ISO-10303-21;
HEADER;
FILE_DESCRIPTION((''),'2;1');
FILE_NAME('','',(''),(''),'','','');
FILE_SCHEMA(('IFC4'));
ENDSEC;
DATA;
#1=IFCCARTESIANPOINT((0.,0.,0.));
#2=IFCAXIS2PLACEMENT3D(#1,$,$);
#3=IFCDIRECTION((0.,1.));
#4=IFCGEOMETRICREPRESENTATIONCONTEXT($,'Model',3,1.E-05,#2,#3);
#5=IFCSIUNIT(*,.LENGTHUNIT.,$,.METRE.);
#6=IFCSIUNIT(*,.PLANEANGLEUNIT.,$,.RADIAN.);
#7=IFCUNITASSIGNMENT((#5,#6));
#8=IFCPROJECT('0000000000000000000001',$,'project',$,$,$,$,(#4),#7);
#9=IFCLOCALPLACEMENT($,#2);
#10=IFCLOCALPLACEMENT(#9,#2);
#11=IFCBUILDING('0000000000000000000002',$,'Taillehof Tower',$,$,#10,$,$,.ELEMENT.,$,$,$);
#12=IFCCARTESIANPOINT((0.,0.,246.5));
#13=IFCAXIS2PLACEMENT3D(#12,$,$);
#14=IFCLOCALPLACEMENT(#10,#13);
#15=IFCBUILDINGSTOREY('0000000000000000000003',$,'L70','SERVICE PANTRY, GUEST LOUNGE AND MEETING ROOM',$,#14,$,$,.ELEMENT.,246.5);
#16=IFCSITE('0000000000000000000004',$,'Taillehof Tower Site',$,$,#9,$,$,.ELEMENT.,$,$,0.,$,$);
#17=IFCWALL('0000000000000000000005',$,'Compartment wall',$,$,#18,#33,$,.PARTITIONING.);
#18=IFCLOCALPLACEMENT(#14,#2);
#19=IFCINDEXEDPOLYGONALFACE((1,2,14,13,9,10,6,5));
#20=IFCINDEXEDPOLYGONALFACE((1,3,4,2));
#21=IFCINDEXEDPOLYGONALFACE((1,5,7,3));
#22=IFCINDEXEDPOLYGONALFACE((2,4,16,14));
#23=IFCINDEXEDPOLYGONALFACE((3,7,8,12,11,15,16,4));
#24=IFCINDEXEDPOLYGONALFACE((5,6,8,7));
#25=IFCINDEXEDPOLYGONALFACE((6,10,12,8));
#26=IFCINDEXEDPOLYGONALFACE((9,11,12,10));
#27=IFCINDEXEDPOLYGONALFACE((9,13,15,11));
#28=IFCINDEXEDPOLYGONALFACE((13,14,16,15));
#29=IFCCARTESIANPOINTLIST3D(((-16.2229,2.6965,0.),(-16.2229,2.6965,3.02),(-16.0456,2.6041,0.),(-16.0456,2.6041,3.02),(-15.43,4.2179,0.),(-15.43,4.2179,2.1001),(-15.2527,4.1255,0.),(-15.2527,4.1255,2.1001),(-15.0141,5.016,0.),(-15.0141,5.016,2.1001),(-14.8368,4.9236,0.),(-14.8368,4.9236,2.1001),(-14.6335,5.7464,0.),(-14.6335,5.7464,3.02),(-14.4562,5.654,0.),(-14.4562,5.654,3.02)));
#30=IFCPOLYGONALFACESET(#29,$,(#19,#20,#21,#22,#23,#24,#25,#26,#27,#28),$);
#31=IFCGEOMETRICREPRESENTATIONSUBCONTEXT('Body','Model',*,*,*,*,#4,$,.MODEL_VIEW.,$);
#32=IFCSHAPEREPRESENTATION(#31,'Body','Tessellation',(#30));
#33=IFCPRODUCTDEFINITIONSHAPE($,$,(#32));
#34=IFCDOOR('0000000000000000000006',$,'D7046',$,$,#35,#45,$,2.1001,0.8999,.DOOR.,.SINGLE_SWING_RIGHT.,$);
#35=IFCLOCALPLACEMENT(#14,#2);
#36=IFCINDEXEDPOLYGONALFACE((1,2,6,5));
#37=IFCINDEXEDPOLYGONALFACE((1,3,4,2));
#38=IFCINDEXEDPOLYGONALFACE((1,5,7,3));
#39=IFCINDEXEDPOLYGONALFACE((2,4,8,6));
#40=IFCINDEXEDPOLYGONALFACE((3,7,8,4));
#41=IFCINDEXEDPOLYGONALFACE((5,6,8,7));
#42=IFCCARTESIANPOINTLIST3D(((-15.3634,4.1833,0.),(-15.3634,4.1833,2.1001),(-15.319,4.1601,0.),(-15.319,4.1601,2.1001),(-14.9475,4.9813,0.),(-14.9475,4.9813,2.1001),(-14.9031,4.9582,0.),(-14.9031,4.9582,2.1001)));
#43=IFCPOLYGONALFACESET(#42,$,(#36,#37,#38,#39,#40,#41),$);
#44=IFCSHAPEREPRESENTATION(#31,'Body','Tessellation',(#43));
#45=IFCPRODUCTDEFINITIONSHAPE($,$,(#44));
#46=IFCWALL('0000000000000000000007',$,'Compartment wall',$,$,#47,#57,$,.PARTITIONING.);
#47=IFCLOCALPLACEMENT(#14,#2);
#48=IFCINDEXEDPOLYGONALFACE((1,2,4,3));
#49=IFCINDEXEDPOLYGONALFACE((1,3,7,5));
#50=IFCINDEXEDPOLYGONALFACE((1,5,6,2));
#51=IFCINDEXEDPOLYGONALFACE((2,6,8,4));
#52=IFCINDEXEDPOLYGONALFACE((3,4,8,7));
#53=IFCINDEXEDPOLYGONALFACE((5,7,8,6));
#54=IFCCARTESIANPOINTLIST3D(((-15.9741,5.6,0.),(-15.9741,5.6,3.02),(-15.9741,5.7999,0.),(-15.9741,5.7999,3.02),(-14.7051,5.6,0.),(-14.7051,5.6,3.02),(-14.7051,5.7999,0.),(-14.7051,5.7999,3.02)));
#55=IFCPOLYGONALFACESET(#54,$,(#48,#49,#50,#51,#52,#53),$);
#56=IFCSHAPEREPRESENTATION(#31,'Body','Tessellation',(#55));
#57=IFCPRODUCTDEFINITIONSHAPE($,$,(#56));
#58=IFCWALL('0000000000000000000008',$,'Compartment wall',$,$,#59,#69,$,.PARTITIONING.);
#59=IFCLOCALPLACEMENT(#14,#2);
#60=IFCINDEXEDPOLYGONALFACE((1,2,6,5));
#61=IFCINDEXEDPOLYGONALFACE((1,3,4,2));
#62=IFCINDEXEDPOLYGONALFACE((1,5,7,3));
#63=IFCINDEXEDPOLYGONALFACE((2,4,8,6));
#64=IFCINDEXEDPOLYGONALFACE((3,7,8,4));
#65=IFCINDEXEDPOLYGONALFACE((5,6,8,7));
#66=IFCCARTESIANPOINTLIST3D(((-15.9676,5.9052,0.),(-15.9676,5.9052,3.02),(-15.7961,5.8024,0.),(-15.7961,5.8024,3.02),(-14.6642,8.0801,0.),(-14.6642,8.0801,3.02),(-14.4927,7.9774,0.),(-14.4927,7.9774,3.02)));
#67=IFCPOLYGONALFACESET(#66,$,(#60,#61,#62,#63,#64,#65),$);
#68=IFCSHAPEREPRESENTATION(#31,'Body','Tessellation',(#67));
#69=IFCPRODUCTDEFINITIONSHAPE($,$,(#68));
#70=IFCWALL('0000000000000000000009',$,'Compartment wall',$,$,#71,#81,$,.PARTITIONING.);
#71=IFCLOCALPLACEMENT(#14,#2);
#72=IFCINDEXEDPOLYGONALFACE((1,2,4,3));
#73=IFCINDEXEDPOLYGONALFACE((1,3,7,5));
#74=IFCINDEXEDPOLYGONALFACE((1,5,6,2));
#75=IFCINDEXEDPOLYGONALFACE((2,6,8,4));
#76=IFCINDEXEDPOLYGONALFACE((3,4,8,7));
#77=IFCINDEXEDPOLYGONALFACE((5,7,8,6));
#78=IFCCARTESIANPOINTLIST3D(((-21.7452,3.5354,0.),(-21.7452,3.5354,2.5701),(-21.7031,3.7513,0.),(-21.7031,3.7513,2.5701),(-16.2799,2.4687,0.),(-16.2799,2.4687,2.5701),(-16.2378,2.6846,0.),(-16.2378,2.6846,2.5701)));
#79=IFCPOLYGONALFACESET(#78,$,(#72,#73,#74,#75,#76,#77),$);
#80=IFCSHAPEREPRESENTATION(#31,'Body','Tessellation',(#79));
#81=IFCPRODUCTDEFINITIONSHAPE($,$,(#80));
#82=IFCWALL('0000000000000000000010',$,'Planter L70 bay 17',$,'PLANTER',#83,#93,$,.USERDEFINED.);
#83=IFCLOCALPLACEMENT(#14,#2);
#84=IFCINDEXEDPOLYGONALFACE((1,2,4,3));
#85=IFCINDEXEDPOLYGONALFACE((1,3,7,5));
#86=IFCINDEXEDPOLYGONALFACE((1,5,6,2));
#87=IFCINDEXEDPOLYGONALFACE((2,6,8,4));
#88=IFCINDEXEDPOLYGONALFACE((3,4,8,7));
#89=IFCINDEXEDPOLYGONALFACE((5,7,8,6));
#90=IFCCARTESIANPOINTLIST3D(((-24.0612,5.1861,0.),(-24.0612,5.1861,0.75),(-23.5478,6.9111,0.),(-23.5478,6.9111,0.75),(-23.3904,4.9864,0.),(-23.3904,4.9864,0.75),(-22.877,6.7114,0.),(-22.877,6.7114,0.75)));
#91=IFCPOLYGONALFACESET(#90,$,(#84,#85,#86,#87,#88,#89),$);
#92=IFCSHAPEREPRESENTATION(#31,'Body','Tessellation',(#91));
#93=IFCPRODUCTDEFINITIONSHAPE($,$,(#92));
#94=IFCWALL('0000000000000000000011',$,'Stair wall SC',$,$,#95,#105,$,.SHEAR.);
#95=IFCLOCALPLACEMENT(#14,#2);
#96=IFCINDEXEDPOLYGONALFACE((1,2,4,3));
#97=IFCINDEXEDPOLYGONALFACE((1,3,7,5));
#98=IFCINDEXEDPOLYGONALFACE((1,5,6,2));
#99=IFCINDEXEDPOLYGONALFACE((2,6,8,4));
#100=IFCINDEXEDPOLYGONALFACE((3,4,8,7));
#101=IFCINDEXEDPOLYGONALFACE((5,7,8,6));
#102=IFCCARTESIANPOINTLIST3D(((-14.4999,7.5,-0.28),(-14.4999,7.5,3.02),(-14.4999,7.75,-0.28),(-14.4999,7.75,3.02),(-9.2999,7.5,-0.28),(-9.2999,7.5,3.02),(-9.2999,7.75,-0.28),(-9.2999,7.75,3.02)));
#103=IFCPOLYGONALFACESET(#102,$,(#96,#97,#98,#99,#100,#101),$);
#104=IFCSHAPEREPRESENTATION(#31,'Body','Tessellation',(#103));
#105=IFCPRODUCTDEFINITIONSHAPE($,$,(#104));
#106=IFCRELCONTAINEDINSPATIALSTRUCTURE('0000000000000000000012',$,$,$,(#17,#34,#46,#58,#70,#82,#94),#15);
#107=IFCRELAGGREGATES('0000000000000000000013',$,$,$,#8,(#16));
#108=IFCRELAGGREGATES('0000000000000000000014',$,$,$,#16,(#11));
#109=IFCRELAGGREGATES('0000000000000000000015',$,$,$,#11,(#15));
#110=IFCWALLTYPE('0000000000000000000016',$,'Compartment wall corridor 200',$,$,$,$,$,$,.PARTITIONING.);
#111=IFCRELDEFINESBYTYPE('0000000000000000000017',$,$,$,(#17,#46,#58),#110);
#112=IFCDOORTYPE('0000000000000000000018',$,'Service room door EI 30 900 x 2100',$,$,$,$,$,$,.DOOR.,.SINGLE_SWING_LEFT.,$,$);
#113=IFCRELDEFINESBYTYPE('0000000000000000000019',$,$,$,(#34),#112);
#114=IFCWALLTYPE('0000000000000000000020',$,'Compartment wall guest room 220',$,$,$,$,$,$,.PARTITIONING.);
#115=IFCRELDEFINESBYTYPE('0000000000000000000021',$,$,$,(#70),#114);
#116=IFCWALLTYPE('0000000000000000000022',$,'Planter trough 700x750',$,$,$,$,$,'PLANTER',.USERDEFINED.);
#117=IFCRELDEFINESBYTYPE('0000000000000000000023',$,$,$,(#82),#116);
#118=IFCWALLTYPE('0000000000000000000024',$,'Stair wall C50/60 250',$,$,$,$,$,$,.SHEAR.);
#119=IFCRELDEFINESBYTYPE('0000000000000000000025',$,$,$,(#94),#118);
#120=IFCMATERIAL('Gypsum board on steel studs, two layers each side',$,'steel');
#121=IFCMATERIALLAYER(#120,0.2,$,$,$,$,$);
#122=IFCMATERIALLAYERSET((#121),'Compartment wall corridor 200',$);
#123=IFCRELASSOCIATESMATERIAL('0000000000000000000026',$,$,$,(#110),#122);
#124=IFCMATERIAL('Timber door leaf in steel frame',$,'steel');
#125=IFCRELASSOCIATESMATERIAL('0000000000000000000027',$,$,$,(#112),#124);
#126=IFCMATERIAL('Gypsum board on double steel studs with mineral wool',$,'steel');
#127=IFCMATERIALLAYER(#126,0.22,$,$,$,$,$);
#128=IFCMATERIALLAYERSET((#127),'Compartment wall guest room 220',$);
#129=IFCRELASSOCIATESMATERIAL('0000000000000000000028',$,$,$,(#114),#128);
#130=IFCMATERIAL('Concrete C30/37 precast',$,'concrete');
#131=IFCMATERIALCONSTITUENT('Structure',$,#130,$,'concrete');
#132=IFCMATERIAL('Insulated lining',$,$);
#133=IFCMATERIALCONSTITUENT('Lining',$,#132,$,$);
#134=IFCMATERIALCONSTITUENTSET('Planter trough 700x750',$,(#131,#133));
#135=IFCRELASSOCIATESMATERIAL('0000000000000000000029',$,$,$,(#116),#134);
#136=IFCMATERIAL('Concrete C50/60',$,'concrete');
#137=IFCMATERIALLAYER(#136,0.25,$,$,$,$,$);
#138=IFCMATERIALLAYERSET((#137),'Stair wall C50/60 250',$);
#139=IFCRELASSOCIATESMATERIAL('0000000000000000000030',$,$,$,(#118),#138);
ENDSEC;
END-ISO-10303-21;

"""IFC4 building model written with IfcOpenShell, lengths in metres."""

from ifc_helpers import new_model, si_unit, direction, frame, frame_2d, origin, place, context, subcontext, project, spatial, rectangle, extrude, material, layer, layer_set, constituent, constituent_set, type_object, element, fill, save


model = new_model("IFC4")

# Units and contexts
model_context = context("Model", 3, precision=1e-05, world=origin(), true_north=direction((0.0, 1.0)))
body_context = subcontext(model_context, "Body", "Model", "MODEL_VIEW")
ifc_project = project(units=[si_unit("LENGTHUNIT", "METRE"), si_unit("PLANEANGLEUNIT", "RADIAN")], contexts=[model_context])

# Site, building, storey
site_placement = place(None, origin())
site = spatial("IfcSite", under=ifc_project, at=site_placement, Name="Taillehof Tower Site", CompositionType="ELEMENT", RefElevation=0.0)
building_placement = place(site_placement, origin())
building = spatial("IfcBuilding", under=site, at=building_placement, Name="Taillehof Tower", CompositionType="ELEMENT")
storey_placement = place(building_placement, frame((0.0, 0.0, 246.5)))
storey = spatial("IfcBuildingStorey", under=building, at=storey_placement, Name="L70", Description="SERVICE PANTRY, GUEST LOUNGE AND MEETING ROOM", CompositionType="ELEMENT", Elevation=246.5)

# Wall, opening, door
ifc_material_1 = material(Name="Gypsum board on steel studs, two layers each side", Category="steel")
ifc_layer_1 = layer(ifc_material_1, 0.2)
ifc_layer_set_1 = layer_set([ifc_layer_1], Name="Compartment wall corridor 200")
wall_type_1 = type_object("IfcWallType", Name="Compartment wall corridor 200", PredefinedType="PARTITIONING", material=ifc_layer_set_1)
wall_1_placement = place(storey_placement, frame((-16.1343, 2.6501, 0.0), z_axis=(0.0, 0.0, 1.0), x_axis=(0.462144, 0.886805, 0.0)))
wall_1 = element("IfcWall", 1, at=wall_1_placement, inside=storey, type_object=wall_type_1, Name="Compartment wall", PredefinedType="PARTITIONING", context=body_context, shape_type="SweptSolid", body=[
    extrude(rectangle(XDim=3.4392, YDim=0.2, at=frame_2d((1.7197, 0.0))), origin(), (0.0, 0.0, 1.0), 3.02),
])
opening_1_placement = place(wall_1_placement, frame((1.7158, 0.0, 0.0)))
opening_1 = element("IfcOpeningElement", 2, at=opening_1_placement, cuts=wall_1, PredefinedType="OPENING", context=body_context, shape_type="SweptSolid", body=[
    extrude(rectangle(XDim=0.8999, YDim=2.1001, at=frame_2d((0.45, 1.05))), frame((0.0, 0.1099, 0.0), z_axis=(0.0, -1.0, 0.0), x_axis=(1.0, 0.0, 0.0)), (0.0, 0.0, 1.0), 0.22),
])
ifc_material_2 = material(Name="Timber door leaf in steel frame", Category="steel")
door_type_1 = type_object("IfcDoorType", Name="Service room door EI 30 900 x 2100", OperationType="SINGLE_SWING_LEFT", PredefinedType="DOOR", material=ifc_material_2)
door_1_placement = place(opening_1_placement, origin())
door_1 = element("IfcDoor", 3, at=door_1_placement, inside=storey, type_object=door_type_1, Name="D7046", OperationType="SINGLE_SWING_RIGHT", OverallHeight=2.1001, OverallWidth=0.8999, PredefinedType="DOOR", context=body_context, shape_type="SweptSolid", body=[
    extrude(rectangle(XDim=0.8999, YDim=2.1001, at=frame_2d((0.45, 1.05))), frame((0.0, 0.0249, 0.0), z_axis=(0.0, -1.0, 0.0), x_axis=(1.0, 0.0, 0.0)), (0.0, 0.0, 1.0), 0.05),
])
fill(opening_1, door_1)

# Walls
wall_2_placement = place(storey_placement, frame((-14.7051, 5.7, 0.0), z_axis=(0.0, 0.0, 1.0), x_axis=(-1.0, 0.0, 0.0)))
element("IfcWall", 4, at=wall_2_placement, inside=storey, type_object=wall_type_1, Name="Compartment wall", PredefinedType="PARTITIONING", context=body_context, shape_type="SweptSolid", body=[
    extrude(rectangle(XDim=1.269, YDim=0.2, at=frame_2d((0.6345, 0.0))), origin(), (0.0, 0.0, 1.0), 3.02),
])
wall_3_placement = place(storey_placement, frame((-15.8818, 5.8538, 0.0), z_axis=(0.0, 0.0, 1.0), x_axis=(0.514043, 0.857765, 0.0)))
element("IfcWall", 5, at=wall_3_placement, inside=storey, type_object=wall_type_1, Name="Compartment wall", PredefinedType="PARTITIONING", context=body_context, shape_type="SweptSolid", body=[
    extrude(rectangle(XDim=2.5356, YDim=0.2, at=frame_2d((1.2678, 0.0))), origin(), (0.0, 0.0, 1.0), 3.02),
])
ifc_material_3 = material(Name="Gypsum board on double steel studs with mineral wool", Category="steel")
ifc_layer_2 = layer(ifc_material_3, 0.22)
ifc_layer_set_2 = layer_set([ifc_layer_2], Name="Compartment wall guest room 220")
wall_type_2 = type_object("IfcWallType", Name="Compartment wall guest room 220", PredefinedType="PARTITIONING", material=ifc_layer_set_2)
wall_4_placement = place(storey_placement, frame((-21.7241, 3.6433, 0.0), z_axis=(0.0, 0.0, 1.0), x_axis=(0.981482, -0.191553, 0.0)))
element("IfcWall", 6, at=wall_4_placement, inside=storey, type_object=wall_type_2, Name="Compartment wall", PredefinedType="PARTITIONING", context=body_context, shape_type="SweptSolid", body=[
    extrude(rectangle(XDim=5.5684, YDim=0.22, at=frame_2d((2.7842, 0.0))), origin(), (0.0, 0.0, 1.0), 2.5701),
])
ifc_material_4 = material(Name="Concrete C30/37 precast", Category="concrete")
ifc_constituent_1 = constituent(ifc_material_4, Name="Structure", Category="concrete")
ifc_material_5 = material(Name="Insulated lining")
ifc_constituent_2 = constituent(ifc_material_5, Name="Lining")
ifc_constituent_set = constituent_set(constituents=[ifc_constituent_1, ifc_constituent_2], Name="Planter trough 700x750")
wall_type_3 = type_object("IfcWallType", Name="Planter trough 700x750", ElementType="PLANTER", PredefinedType="USERDEFINED", material=ifc_constituent_set)
wall_5_placement = place(storey_placement, frame((-23.2124, 6.8113, 0.0), z_axis=(0.0, 0.0, 1.0), x_axis=(-0.285257, -0.958451, 0.0)))
element("IfcWall", 7, at=wall_5_placement, inside=storey, type_object=wall_type_3, Name="Planter L70 bay 17", ObjectType="PLANTER", PredefinedType="USERDEFINED", context=body_context, shape_type="SweptSolid", body=[
    extrude(rectangle(XDim=1.7998, YDim=0.7, at=frame_2d((0.8999, 0.0))), origin(), (0.0, 0.0, 1.0), 0.75),
])
ifc_material_6 = material(Name="Concrete C50/60", Category="concrete")
ifc_layer_3 = layer(ifc_material_6, 0.25)
ifc_layer_set_3 = layer_set([ifc_layer_3], Name="Stair wall C50/60 250")
wall_type_4 = type_object("IfcWallType", Name="Stair wall C50/60 250", PredefinedType="SHEAR", material=ifc_layer_set_3)
wall_6_placement = place(storey_placement, frame((-14.5, 7.625, -0.28), z_axis=(0.0, 0.0, 1.0), x_axis=(1.0, 0.0, 0.0)))
element("IfcWall", 8, at=wall_6_placement, inside=storey, type_object=wall_type_4, Name="Stair wall SC", PredefinedType="SHEAR", context=body_context, shape_type="SweptSolid", body=[
    extrude(rectangle(XDim=5.2, YDim=0.25, at=frame_2d((2.6001, 0.0))), origin(), (0.0, 0.0, 1.0), 3.3),
])

save(model, "model.ifc")
